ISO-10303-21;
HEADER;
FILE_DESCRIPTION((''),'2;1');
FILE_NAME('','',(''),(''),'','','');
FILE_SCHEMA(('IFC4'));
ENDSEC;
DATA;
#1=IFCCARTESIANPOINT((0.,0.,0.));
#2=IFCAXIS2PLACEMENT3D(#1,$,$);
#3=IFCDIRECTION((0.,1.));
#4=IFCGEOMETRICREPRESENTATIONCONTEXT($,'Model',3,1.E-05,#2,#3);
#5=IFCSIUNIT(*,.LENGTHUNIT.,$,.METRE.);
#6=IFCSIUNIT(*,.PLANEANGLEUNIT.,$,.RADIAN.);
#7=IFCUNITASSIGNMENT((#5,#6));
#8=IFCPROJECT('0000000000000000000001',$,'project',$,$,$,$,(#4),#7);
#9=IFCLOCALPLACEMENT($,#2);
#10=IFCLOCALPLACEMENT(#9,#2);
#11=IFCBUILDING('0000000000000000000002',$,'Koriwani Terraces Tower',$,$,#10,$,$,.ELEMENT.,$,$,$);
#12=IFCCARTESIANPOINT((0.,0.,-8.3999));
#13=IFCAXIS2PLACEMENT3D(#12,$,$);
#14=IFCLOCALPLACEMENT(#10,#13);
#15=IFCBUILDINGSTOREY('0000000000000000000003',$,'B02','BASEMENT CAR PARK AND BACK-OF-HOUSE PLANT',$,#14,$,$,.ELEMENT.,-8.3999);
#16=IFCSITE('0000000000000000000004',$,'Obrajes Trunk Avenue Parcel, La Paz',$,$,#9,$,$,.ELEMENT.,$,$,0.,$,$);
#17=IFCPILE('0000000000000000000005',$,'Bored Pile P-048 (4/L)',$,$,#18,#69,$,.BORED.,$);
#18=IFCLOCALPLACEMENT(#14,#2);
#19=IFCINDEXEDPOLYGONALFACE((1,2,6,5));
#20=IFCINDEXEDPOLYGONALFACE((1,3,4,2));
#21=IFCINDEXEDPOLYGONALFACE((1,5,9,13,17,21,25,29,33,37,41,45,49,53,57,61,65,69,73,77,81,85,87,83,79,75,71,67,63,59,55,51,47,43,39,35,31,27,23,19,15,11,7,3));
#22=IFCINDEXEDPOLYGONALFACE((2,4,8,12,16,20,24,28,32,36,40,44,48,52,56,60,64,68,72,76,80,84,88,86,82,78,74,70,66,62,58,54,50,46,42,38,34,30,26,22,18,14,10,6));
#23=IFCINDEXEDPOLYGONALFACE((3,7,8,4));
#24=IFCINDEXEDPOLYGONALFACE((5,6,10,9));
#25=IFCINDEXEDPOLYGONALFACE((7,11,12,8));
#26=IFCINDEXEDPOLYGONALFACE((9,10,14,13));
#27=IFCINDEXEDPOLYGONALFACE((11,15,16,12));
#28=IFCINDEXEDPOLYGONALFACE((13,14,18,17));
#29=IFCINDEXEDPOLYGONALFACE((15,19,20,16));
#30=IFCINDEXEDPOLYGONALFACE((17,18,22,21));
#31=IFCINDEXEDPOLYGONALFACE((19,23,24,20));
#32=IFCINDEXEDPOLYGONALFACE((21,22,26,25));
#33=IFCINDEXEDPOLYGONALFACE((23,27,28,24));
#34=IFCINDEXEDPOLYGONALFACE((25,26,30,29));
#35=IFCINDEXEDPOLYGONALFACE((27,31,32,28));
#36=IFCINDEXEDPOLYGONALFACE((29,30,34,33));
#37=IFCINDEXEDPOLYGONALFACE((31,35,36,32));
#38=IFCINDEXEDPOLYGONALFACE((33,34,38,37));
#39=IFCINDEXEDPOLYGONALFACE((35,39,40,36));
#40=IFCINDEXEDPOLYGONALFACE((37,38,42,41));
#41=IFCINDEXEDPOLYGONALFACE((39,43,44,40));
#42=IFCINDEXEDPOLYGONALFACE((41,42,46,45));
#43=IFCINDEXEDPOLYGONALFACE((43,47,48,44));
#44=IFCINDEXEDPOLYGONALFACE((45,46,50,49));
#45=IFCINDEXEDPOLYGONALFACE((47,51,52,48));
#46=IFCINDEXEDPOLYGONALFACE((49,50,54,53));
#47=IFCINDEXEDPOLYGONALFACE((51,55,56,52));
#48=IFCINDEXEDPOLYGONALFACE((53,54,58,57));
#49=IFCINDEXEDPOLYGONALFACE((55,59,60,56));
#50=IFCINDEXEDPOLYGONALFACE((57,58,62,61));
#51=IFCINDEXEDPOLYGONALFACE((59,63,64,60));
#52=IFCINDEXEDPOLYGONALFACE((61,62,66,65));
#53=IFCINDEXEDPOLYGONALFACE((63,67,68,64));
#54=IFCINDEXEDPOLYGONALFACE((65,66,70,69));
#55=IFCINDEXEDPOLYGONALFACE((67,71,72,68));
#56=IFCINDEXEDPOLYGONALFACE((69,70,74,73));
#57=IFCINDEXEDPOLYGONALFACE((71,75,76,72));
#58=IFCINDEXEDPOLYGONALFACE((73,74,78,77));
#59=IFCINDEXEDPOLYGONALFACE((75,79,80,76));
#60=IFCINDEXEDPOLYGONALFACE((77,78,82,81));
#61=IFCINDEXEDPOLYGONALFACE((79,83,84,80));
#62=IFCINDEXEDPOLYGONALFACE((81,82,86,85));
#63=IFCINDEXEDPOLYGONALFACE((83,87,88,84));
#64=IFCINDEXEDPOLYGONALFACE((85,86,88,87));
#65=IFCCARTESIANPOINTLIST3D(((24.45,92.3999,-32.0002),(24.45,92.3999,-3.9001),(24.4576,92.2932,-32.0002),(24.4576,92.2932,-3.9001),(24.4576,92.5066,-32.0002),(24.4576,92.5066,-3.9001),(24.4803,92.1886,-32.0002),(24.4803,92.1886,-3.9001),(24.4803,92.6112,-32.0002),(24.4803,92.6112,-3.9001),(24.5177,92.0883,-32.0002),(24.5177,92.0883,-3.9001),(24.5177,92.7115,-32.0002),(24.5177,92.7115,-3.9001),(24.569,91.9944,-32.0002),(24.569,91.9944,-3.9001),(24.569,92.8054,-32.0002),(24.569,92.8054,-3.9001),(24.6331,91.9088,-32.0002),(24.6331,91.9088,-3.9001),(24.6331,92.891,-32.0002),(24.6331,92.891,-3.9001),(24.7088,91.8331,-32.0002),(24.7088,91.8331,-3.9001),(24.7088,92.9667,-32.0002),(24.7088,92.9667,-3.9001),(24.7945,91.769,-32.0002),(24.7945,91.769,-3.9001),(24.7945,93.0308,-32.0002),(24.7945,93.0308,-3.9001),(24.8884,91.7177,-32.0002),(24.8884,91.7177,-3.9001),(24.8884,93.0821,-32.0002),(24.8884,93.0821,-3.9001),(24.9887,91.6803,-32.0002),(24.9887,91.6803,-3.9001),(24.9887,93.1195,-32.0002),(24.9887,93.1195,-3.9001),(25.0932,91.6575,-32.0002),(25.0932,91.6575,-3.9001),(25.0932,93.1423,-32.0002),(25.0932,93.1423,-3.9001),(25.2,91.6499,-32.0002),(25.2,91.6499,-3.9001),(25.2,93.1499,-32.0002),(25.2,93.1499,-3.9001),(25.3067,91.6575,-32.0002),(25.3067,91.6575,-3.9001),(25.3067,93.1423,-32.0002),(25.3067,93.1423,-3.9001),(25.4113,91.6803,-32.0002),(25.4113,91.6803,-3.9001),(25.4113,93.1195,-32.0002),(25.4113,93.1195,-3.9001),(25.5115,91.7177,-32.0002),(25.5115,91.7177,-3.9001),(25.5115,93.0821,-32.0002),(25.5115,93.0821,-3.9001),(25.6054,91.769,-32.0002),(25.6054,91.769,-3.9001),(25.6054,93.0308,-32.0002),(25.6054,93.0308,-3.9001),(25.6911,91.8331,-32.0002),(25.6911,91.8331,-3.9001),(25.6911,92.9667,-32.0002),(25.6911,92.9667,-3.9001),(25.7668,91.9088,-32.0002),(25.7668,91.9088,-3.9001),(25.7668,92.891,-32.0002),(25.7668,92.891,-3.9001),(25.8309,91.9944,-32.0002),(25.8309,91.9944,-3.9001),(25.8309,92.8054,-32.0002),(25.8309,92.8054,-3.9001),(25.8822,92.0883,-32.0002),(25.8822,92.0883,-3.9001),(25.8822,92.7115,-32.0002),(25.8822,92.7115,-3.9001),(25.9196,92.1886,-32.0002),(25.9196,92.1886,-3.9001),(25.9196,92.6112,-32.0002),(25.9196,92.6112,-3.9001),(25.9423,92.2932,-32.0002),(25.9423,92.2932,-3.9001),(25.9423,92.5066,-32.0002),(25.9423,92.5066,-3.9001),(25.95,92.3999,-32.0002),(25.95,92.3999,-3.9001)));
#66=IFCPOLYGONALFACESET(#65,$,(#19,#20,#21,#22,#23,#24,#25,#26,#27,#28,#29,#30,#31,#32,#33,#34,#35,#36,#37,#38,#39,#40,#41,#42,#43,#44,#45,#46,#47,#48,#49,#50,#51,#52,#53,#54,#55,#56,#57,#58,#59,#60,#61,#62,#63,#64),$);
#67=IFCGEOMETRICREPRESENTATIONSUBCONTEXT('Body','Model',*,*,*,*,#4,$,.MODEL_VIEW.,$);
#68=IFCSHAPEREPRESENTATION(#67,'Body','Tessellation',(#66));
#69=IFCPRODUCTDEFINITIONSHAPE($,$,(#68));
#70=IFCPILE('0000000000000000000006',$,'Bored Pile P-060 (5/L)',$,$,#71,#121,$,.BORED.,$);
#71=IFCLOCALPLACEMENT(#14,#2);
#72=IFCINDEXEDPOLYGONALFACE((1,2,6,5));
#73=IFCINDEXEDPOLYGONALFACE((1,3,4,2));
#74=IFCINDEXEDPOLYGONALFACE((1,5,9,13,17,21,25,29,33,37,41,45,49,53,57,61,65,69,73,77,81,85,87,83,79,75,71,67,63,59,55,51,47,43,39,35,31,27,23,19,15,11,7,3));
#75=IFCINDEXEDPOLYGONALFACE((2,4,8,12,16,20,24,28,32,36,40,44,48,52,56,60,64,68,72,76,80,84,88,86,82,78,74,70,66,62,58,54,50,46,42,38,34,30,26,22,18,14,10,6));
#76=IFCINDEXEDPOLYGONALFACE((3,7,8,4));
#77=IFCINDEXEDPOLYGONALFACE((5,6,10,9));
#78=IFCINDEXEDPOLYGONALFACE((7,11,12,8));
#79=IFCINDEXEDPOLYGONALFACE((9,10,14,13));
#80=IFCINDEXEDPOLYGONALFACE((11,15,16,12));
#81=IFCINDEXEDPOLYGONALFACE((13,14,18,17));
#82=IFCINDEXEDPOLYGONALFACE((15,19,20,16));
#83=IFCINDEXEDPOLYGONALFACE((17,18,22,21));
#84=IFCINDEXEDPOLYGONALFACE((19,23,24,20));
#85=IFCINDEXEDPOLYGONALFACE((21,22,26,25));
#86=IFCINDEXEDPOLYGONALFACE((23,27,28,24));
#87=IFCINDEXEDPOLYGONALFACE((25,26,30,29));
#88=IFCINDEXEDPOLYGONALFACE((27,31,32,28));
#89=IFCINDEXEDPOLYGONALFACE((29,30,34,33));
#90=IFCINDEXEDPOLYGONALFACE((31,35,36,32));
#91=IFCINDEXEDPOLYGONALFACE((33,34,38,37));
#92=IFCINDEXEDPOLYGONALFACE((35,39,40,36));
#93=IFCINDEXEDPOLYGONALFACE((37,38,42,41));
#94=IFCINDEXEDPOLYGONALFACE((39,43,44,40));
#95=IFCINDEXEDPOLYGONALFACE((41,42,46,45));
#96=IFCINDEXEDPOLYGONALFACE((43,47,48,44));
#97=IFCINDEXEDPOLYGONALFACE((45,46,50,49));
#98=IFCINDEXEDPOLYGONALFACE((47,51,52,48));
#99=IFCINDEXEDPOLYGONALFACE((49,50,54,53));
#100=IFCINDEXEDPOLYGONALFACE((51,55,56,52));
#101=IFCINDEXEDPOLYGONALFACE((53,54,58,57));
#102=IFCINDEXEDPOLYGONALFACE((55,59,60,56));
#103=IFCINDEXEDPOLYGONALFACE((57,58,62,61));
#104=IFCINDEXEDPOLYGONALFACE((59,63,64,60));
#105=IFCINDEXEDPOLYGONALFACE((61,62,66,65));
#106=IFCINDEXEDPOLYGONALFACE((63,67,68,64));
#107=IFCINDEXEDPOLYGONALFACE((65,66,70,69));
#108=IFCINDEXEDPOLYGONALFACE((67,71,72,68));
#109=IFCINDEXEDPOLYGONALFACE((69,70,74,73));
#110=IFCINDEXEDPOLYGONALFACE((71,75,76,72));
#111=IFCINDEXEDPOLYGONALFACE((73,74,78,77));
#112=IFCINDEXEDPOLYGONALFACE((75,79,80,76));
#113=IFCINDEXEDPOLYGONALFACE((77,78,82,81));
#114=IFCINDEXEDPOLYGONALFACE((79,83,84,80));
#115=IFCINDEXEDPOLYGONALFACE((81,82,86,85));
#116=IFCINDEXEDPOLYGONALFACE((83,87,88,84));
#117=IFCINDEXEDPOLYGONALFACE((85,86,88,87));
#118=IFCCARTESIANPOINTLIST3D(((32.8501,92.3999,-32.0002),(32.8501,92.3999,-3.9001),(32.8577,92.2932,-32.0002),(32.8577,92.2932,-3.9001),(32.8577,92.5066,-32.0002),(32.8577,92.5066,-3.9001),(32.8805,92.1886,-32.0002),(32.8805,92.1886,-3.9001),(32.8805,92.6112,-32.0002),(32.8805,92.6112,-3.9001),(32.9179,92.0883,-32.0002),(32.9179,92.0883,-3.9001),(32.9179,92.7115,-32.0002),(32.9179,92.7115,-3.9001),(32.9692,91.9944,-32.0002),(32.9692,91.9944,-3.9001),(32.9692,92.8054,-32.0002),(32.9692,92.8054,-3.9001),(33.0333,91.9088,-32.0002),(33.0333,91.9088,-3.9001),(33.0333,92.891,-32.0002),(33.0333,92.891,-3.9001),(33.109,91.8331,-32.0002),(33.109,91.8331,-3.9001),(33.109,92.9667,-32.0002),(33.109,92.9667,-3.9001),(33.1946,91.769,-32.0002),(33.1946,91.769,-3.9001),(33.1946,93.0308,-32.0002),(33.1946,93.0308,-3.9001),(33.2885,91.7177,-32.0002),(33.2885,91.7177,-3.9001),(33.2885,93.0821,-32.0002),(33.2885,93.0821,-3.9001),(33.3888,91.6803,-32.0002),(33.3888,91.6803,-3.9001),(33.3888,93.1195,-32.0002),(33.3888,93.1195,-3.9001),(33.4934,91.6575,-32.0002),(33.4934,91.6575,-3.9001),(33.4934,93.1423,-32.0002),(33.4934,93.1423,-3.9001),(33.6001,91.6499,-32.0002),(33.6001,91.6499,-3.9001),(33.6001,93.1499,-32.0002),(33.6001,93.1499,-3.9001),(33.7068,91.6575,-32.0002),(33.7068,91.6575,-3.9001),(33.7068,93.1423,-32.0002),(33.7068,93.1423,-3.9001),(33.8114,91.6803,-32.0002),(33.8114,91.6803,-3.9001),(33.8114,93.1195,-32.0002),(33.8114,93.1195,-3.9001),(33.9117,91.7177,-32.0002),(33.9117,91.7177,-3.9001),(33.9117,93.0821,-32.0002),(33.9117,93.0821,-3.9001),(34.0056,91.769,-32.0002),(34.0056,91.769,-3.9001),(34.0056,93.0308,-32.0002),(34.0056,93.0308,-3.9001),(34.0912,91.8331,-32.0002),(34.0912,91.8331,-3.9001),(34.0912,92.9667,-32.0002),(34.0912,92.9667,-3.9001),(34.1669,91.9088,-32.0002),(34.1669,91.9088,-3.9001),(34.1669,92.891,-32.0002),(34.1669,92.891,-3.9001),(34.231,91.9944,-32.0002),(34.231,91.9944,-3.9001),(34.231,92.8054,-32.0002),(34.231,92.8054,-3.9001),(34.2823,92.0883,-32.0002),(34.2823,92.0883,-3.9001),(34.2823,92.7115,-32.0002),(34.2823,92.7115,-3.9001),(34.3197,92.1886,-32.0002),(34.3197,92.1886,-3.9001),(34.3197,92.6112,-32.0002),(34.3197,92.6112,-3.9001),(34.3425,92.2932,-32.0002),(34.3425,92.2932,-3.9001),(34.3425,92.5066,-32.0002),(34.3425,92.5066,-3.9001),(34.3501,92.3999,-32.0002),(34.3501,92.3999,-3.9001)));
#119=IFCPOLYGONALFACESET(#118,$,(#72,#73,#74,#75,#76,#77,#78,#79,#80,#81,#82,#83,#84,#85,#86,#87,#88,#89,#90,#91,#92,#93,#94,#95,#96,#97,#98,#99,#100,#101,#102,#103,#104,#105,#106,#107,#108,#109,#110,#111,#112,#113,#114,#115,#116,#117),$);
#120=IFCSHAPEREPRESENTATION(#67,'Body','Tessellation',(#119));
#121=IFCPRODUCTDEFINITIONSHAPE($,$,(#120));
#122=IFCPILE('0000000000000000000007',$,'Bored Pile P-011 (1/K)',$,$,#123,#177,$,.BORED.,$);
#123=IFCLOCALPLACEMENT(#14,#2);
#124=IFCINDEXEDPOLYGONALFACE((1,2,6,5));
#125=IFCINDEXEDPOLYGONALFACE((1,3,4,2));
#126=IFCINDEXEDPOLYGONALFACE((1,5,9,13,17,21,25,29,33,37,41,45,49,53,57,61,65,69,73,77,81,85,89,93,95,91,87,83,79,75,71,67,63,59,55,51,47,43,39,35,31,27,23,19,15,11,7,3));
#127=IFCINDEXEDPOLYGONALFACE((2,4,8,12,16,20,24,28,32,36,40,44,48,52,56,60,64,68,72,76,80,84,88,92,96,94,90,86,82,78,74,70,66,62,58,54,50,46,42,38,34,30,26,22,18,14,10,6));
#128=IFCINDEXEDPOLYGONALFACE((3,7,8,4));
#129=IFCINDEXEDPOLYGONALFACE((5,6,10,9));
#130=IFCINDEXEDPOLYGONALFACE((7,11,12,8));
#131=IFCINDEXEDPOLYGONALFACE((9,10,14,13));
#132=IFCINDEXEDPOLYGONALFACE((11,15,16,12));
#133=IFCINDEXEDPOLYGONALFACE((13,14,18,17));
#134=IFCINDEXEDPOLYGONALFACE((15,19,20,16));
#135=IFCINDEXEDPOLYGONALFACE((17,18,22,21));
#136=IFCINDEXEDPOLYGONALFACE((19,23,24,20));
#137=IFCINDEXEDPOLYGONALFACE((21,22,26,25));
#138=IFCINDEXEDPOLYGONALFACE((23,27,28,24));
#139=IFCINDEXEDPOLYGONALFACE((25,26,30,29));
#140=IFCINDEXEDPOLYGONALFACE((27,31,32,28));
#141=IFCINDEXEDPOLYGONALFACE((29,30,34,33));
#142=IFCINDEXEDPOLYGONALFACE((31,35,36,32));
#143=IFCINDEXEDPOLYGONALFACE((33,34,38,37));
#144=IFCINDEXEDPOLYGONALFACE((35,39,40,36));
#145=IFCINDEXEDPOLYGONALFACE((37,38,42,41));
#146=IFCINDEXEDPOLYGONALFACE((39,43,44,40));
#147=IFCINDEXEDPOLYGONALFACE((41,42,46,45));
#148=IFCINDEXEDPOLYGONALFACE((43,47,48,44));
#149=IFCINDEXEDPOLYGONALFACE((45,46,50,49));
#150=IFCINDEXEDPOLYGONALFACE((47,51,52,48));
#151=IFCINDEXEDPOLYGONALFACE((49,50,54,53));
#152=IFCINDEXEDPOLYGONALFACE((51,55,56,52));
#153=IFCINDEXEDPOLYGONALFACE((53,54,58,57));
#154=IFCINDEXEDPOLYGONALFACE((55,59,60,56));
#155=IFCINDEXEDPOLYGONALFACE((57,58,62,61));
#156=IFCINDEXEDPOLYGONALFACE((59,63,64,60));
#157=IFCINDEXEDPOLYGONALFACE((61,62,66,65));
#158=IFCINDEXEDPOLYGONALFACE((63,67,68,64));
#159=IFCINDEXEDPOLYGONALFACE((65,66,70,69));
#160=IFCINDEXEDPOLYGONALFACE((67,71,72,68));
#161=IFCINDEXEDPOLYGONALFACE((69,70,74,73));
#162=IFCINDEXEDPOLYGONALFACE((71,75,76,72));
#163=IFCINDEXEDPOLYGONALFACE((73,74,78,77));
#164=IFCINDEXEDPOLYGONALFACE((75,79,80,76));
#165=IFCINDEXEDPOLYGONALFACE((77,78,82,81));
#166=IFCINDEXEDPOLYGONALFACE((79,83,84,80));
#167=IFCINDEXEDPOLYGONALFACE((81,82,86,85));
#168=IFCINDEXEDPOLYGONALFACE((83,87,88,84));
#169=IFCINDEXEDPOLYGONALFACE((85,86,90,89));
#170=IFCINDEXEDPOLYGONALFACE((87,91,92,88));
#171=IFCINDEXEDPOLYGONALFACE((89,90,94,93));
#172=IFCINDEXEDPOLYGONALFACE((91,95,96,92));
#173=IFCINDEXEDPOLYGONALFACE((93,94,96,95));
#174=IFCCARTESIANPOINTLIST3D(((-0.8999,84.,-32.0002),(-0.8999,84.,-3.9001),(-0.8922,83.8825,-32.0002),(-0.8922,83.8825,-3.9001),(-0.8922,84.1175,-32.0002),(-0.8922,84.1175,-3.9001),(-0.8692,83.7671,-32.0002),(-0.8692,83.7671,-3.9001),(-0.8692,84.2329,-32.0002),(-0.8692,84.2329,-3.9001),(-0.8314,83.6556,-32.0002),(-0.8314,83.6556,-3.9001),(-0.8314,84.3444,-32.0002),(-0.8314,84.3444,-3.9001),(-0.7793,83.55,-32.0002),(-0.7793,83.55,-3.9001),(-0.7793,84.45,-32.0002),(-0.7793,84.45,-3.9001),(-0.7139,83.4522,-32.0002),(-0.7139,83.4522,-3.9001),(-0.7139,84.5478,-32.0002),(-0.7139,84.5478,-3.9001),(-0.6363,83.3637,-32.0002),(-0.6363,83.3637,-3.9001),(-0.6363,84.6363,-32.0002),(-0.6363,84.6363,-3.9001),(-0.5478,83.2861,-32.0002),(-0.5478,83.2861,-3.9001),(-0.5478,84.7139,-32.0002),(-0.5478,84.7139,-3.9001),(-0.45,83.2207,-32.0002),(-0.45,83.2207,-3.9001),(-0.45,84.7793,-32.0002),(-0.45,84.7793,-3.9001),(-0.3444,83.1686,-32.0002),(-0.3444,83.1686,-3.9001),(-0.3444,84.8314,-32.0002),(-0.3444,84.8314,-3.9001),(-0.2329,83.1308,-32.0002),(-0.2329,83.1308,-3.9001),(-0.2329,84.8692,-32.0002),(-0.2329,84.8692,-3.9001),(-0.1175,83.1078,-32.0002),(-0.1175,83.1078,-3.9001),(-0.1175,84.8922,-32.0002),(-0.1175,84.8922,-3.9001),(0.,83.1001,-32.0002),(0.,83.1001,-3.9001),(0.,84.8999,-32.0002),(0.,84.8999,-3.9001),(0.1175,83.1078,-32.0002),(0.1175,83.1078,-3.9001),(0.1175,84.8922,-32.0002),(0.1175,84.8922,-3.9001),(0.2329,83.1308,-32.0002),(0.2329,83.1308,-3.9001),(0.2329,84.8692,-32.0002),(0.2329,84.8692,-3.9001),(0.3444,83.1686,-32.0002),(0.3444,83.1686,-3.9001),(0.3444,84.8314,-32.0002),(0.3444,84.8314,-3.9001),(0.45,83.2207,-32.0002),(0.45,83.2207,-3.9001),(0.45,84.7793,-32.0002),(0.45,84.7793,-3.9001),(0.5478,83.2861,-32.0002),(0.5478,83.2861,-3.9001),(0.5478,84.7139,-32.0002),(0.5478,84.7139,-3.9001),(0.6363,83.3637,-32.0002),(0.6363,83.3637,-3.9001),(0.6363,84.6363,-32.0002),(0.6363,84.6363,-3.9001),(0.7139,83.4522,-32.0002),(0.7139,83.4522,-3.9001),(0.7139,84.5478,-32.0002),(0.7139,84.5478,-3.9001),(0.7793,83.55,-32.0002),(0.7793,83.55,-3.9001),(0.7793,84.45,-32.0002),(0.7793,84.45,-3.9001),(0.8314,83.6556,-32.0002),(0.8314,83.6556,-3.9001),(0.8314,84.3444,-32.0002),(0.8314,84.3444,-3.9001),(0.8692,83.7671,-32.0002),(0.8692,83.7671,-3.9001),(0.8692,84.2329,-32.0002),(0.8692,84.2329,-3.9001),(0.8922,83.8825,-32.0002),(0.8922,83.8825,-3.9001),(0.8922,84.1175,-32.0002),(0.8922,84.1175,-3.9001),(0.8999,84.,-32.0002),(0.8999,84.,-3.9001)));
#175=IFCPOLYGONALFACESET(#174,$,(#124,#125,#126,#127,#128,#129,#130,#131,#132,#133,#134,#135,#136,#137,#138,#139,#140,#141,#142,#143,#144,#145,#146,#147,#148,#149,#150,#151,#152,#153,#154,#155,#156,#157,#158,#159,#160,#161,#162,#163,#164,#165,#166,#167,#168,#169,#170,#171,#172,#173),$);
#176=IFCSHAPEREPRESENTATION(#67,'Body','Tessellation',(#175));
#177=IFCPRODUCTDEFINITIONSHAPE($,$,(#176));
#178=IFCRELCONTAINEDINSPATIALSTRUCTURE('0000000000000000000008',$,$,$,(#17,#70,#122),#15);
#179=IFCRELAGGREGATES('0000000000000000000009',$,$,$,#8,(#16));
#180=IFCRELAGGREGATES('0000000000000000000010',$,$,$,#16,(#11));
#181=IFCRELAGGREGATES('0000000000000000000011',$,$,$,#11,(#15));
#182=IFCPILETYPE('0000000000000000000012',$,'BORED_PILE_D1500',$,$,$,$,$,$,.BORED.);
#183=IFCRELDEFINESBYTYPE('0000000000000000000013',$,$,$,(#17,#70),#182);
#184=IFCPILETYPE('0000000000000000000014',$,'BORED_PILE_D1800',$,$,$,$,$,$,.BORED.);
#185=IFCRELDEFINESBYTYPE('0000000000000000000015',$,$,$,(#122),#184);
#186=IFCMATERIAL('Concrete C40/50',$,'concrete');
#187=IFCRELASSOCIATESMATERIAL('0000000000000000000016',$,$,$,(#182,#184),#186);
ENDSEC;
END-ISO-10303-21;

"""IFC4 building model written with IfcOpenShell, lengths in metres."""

from ifc_helpers import new_model, si_unit, direction, frame, origin, origin_2d, place, context, subcontext, project, spatial, circle, extrude, material, material_profile, profile_set, type_object, element, save


model = new_model("IFC4")

# Units and contexts
model_context = context("Model", 3, precision=1e-05, world=origin(), true_north=direction((0.0, 1.0)))
body_context = subcontext(model_context, "Body", "Model", "MODEL_VIEW")
ifc_project = project(units=[si_unit("LENGTHUNIT", "METRE"), si_unit("PLANEANGLEUNIT", "RADIAN")], contexts=[model_context])

# Site, building, storey
site_placement = place(None, origin())
site = spatial("IfcSite", under=ifc_project, at=site_placement, Name="Obrajes Trunk Avenue Parcel, La Paz", CompositionType="ELEMENT", RefElevation=0.0)
building_placement = place(site_placement, origin())
building = spatial("IfcBuilding", under=site, at=building_placement, Name="Koriwani Terraces Tower", CompositionType="ELEMENT")
storey_placement = place(building_placement, frame((0.0, 0.0, -8.3999)))
storey = spatial("IfcBuildingStorey", under=building, at=storey_placement, Name="B02", Description="BASEMENT CAR PARK AND BACK-OF-HOUSE PLANT", CompositionType="ELEMENT", Elevation=-8.3999)

# Piles
ifc_material_1 = material(Name="Concrete C40/50", Category="concrete")
ifc_material_profile_1 = material_profile(ifc_material_1, circle(Radius=0.75, at=origin_2d()), Name="Concrete C40/50")
ifc_profile_set_1 = profile_set([ifc_material_profile_1], Name="Concrete C40/50")
pile_type_1 = type_object("IfcPileType", Name="BORED_PILE_D1500", PredefinedType="BORED", material=ifc_profile_set_1)
for number, where, z_axis, x_axis, name in (
    (1, (25.2, 92.3999, -3.9001), (0.0, 0.0, -1.0), (1.0, 0.0, 0.0), "Bored Pile P-048 (4/L)"),
    (2, (33.6001, 92.3999, -3.9001), (0.0, 0.0, -1.0), (1.0, 0.0, 0.0), "Bored Pile P-060 (5/L)"),
):
    element("IfcPile", number, at=place(storey_placement, frame(where, z_axis=z_axis, x_axis=x_axis)), inside=storey, type_object=pile_type_1, Name=name, PredefinedType="BORED", context=body_context, shape_type="SweptSolid", body=[
        extrude(circle(Radius=0.75, at=origin_2d()), origin(), (0.0, 0.0, 1.0), 28.1001),
    ])
ifc_material_profile_2 = material_profile(ifc_material_1, circle(Radius=0.8999, at=origin_2d()), Name="Concrete C40/50")
ifc_profile_set_2 = profile_set([ifc_material_profile_2], Name="Concrete C40/50")
pile_type_2 = type_object("IfcPileType", Name="BORED_PILE_D1800", PredefinedType="BORED", material=ifc_profile_set_2)
for number, where, z_axis, x_axis, name in (
    (3, (0.0, 84.0, -3.9001), (0.0, 0.0, -1.0), (1.0, 0.0, 0.0), "Bored Pile P-011 (1/K)"),
):
    element("IfcPile", number, at=place(storey_placement, frame(where, z_axis=z_axis, x_axis=x_axis)), inside=storey, type_object=pile_type_2, Name=name, PredefinedType="BORED", context=body_context, shape_type="SweptSolid", body=[
        extrude(circle(Radius=0.8999, at=origin_2d()), origin(), (0.0, 0.0, 1.0), 28.1001),
    ])

save(model, "model.ifc")
